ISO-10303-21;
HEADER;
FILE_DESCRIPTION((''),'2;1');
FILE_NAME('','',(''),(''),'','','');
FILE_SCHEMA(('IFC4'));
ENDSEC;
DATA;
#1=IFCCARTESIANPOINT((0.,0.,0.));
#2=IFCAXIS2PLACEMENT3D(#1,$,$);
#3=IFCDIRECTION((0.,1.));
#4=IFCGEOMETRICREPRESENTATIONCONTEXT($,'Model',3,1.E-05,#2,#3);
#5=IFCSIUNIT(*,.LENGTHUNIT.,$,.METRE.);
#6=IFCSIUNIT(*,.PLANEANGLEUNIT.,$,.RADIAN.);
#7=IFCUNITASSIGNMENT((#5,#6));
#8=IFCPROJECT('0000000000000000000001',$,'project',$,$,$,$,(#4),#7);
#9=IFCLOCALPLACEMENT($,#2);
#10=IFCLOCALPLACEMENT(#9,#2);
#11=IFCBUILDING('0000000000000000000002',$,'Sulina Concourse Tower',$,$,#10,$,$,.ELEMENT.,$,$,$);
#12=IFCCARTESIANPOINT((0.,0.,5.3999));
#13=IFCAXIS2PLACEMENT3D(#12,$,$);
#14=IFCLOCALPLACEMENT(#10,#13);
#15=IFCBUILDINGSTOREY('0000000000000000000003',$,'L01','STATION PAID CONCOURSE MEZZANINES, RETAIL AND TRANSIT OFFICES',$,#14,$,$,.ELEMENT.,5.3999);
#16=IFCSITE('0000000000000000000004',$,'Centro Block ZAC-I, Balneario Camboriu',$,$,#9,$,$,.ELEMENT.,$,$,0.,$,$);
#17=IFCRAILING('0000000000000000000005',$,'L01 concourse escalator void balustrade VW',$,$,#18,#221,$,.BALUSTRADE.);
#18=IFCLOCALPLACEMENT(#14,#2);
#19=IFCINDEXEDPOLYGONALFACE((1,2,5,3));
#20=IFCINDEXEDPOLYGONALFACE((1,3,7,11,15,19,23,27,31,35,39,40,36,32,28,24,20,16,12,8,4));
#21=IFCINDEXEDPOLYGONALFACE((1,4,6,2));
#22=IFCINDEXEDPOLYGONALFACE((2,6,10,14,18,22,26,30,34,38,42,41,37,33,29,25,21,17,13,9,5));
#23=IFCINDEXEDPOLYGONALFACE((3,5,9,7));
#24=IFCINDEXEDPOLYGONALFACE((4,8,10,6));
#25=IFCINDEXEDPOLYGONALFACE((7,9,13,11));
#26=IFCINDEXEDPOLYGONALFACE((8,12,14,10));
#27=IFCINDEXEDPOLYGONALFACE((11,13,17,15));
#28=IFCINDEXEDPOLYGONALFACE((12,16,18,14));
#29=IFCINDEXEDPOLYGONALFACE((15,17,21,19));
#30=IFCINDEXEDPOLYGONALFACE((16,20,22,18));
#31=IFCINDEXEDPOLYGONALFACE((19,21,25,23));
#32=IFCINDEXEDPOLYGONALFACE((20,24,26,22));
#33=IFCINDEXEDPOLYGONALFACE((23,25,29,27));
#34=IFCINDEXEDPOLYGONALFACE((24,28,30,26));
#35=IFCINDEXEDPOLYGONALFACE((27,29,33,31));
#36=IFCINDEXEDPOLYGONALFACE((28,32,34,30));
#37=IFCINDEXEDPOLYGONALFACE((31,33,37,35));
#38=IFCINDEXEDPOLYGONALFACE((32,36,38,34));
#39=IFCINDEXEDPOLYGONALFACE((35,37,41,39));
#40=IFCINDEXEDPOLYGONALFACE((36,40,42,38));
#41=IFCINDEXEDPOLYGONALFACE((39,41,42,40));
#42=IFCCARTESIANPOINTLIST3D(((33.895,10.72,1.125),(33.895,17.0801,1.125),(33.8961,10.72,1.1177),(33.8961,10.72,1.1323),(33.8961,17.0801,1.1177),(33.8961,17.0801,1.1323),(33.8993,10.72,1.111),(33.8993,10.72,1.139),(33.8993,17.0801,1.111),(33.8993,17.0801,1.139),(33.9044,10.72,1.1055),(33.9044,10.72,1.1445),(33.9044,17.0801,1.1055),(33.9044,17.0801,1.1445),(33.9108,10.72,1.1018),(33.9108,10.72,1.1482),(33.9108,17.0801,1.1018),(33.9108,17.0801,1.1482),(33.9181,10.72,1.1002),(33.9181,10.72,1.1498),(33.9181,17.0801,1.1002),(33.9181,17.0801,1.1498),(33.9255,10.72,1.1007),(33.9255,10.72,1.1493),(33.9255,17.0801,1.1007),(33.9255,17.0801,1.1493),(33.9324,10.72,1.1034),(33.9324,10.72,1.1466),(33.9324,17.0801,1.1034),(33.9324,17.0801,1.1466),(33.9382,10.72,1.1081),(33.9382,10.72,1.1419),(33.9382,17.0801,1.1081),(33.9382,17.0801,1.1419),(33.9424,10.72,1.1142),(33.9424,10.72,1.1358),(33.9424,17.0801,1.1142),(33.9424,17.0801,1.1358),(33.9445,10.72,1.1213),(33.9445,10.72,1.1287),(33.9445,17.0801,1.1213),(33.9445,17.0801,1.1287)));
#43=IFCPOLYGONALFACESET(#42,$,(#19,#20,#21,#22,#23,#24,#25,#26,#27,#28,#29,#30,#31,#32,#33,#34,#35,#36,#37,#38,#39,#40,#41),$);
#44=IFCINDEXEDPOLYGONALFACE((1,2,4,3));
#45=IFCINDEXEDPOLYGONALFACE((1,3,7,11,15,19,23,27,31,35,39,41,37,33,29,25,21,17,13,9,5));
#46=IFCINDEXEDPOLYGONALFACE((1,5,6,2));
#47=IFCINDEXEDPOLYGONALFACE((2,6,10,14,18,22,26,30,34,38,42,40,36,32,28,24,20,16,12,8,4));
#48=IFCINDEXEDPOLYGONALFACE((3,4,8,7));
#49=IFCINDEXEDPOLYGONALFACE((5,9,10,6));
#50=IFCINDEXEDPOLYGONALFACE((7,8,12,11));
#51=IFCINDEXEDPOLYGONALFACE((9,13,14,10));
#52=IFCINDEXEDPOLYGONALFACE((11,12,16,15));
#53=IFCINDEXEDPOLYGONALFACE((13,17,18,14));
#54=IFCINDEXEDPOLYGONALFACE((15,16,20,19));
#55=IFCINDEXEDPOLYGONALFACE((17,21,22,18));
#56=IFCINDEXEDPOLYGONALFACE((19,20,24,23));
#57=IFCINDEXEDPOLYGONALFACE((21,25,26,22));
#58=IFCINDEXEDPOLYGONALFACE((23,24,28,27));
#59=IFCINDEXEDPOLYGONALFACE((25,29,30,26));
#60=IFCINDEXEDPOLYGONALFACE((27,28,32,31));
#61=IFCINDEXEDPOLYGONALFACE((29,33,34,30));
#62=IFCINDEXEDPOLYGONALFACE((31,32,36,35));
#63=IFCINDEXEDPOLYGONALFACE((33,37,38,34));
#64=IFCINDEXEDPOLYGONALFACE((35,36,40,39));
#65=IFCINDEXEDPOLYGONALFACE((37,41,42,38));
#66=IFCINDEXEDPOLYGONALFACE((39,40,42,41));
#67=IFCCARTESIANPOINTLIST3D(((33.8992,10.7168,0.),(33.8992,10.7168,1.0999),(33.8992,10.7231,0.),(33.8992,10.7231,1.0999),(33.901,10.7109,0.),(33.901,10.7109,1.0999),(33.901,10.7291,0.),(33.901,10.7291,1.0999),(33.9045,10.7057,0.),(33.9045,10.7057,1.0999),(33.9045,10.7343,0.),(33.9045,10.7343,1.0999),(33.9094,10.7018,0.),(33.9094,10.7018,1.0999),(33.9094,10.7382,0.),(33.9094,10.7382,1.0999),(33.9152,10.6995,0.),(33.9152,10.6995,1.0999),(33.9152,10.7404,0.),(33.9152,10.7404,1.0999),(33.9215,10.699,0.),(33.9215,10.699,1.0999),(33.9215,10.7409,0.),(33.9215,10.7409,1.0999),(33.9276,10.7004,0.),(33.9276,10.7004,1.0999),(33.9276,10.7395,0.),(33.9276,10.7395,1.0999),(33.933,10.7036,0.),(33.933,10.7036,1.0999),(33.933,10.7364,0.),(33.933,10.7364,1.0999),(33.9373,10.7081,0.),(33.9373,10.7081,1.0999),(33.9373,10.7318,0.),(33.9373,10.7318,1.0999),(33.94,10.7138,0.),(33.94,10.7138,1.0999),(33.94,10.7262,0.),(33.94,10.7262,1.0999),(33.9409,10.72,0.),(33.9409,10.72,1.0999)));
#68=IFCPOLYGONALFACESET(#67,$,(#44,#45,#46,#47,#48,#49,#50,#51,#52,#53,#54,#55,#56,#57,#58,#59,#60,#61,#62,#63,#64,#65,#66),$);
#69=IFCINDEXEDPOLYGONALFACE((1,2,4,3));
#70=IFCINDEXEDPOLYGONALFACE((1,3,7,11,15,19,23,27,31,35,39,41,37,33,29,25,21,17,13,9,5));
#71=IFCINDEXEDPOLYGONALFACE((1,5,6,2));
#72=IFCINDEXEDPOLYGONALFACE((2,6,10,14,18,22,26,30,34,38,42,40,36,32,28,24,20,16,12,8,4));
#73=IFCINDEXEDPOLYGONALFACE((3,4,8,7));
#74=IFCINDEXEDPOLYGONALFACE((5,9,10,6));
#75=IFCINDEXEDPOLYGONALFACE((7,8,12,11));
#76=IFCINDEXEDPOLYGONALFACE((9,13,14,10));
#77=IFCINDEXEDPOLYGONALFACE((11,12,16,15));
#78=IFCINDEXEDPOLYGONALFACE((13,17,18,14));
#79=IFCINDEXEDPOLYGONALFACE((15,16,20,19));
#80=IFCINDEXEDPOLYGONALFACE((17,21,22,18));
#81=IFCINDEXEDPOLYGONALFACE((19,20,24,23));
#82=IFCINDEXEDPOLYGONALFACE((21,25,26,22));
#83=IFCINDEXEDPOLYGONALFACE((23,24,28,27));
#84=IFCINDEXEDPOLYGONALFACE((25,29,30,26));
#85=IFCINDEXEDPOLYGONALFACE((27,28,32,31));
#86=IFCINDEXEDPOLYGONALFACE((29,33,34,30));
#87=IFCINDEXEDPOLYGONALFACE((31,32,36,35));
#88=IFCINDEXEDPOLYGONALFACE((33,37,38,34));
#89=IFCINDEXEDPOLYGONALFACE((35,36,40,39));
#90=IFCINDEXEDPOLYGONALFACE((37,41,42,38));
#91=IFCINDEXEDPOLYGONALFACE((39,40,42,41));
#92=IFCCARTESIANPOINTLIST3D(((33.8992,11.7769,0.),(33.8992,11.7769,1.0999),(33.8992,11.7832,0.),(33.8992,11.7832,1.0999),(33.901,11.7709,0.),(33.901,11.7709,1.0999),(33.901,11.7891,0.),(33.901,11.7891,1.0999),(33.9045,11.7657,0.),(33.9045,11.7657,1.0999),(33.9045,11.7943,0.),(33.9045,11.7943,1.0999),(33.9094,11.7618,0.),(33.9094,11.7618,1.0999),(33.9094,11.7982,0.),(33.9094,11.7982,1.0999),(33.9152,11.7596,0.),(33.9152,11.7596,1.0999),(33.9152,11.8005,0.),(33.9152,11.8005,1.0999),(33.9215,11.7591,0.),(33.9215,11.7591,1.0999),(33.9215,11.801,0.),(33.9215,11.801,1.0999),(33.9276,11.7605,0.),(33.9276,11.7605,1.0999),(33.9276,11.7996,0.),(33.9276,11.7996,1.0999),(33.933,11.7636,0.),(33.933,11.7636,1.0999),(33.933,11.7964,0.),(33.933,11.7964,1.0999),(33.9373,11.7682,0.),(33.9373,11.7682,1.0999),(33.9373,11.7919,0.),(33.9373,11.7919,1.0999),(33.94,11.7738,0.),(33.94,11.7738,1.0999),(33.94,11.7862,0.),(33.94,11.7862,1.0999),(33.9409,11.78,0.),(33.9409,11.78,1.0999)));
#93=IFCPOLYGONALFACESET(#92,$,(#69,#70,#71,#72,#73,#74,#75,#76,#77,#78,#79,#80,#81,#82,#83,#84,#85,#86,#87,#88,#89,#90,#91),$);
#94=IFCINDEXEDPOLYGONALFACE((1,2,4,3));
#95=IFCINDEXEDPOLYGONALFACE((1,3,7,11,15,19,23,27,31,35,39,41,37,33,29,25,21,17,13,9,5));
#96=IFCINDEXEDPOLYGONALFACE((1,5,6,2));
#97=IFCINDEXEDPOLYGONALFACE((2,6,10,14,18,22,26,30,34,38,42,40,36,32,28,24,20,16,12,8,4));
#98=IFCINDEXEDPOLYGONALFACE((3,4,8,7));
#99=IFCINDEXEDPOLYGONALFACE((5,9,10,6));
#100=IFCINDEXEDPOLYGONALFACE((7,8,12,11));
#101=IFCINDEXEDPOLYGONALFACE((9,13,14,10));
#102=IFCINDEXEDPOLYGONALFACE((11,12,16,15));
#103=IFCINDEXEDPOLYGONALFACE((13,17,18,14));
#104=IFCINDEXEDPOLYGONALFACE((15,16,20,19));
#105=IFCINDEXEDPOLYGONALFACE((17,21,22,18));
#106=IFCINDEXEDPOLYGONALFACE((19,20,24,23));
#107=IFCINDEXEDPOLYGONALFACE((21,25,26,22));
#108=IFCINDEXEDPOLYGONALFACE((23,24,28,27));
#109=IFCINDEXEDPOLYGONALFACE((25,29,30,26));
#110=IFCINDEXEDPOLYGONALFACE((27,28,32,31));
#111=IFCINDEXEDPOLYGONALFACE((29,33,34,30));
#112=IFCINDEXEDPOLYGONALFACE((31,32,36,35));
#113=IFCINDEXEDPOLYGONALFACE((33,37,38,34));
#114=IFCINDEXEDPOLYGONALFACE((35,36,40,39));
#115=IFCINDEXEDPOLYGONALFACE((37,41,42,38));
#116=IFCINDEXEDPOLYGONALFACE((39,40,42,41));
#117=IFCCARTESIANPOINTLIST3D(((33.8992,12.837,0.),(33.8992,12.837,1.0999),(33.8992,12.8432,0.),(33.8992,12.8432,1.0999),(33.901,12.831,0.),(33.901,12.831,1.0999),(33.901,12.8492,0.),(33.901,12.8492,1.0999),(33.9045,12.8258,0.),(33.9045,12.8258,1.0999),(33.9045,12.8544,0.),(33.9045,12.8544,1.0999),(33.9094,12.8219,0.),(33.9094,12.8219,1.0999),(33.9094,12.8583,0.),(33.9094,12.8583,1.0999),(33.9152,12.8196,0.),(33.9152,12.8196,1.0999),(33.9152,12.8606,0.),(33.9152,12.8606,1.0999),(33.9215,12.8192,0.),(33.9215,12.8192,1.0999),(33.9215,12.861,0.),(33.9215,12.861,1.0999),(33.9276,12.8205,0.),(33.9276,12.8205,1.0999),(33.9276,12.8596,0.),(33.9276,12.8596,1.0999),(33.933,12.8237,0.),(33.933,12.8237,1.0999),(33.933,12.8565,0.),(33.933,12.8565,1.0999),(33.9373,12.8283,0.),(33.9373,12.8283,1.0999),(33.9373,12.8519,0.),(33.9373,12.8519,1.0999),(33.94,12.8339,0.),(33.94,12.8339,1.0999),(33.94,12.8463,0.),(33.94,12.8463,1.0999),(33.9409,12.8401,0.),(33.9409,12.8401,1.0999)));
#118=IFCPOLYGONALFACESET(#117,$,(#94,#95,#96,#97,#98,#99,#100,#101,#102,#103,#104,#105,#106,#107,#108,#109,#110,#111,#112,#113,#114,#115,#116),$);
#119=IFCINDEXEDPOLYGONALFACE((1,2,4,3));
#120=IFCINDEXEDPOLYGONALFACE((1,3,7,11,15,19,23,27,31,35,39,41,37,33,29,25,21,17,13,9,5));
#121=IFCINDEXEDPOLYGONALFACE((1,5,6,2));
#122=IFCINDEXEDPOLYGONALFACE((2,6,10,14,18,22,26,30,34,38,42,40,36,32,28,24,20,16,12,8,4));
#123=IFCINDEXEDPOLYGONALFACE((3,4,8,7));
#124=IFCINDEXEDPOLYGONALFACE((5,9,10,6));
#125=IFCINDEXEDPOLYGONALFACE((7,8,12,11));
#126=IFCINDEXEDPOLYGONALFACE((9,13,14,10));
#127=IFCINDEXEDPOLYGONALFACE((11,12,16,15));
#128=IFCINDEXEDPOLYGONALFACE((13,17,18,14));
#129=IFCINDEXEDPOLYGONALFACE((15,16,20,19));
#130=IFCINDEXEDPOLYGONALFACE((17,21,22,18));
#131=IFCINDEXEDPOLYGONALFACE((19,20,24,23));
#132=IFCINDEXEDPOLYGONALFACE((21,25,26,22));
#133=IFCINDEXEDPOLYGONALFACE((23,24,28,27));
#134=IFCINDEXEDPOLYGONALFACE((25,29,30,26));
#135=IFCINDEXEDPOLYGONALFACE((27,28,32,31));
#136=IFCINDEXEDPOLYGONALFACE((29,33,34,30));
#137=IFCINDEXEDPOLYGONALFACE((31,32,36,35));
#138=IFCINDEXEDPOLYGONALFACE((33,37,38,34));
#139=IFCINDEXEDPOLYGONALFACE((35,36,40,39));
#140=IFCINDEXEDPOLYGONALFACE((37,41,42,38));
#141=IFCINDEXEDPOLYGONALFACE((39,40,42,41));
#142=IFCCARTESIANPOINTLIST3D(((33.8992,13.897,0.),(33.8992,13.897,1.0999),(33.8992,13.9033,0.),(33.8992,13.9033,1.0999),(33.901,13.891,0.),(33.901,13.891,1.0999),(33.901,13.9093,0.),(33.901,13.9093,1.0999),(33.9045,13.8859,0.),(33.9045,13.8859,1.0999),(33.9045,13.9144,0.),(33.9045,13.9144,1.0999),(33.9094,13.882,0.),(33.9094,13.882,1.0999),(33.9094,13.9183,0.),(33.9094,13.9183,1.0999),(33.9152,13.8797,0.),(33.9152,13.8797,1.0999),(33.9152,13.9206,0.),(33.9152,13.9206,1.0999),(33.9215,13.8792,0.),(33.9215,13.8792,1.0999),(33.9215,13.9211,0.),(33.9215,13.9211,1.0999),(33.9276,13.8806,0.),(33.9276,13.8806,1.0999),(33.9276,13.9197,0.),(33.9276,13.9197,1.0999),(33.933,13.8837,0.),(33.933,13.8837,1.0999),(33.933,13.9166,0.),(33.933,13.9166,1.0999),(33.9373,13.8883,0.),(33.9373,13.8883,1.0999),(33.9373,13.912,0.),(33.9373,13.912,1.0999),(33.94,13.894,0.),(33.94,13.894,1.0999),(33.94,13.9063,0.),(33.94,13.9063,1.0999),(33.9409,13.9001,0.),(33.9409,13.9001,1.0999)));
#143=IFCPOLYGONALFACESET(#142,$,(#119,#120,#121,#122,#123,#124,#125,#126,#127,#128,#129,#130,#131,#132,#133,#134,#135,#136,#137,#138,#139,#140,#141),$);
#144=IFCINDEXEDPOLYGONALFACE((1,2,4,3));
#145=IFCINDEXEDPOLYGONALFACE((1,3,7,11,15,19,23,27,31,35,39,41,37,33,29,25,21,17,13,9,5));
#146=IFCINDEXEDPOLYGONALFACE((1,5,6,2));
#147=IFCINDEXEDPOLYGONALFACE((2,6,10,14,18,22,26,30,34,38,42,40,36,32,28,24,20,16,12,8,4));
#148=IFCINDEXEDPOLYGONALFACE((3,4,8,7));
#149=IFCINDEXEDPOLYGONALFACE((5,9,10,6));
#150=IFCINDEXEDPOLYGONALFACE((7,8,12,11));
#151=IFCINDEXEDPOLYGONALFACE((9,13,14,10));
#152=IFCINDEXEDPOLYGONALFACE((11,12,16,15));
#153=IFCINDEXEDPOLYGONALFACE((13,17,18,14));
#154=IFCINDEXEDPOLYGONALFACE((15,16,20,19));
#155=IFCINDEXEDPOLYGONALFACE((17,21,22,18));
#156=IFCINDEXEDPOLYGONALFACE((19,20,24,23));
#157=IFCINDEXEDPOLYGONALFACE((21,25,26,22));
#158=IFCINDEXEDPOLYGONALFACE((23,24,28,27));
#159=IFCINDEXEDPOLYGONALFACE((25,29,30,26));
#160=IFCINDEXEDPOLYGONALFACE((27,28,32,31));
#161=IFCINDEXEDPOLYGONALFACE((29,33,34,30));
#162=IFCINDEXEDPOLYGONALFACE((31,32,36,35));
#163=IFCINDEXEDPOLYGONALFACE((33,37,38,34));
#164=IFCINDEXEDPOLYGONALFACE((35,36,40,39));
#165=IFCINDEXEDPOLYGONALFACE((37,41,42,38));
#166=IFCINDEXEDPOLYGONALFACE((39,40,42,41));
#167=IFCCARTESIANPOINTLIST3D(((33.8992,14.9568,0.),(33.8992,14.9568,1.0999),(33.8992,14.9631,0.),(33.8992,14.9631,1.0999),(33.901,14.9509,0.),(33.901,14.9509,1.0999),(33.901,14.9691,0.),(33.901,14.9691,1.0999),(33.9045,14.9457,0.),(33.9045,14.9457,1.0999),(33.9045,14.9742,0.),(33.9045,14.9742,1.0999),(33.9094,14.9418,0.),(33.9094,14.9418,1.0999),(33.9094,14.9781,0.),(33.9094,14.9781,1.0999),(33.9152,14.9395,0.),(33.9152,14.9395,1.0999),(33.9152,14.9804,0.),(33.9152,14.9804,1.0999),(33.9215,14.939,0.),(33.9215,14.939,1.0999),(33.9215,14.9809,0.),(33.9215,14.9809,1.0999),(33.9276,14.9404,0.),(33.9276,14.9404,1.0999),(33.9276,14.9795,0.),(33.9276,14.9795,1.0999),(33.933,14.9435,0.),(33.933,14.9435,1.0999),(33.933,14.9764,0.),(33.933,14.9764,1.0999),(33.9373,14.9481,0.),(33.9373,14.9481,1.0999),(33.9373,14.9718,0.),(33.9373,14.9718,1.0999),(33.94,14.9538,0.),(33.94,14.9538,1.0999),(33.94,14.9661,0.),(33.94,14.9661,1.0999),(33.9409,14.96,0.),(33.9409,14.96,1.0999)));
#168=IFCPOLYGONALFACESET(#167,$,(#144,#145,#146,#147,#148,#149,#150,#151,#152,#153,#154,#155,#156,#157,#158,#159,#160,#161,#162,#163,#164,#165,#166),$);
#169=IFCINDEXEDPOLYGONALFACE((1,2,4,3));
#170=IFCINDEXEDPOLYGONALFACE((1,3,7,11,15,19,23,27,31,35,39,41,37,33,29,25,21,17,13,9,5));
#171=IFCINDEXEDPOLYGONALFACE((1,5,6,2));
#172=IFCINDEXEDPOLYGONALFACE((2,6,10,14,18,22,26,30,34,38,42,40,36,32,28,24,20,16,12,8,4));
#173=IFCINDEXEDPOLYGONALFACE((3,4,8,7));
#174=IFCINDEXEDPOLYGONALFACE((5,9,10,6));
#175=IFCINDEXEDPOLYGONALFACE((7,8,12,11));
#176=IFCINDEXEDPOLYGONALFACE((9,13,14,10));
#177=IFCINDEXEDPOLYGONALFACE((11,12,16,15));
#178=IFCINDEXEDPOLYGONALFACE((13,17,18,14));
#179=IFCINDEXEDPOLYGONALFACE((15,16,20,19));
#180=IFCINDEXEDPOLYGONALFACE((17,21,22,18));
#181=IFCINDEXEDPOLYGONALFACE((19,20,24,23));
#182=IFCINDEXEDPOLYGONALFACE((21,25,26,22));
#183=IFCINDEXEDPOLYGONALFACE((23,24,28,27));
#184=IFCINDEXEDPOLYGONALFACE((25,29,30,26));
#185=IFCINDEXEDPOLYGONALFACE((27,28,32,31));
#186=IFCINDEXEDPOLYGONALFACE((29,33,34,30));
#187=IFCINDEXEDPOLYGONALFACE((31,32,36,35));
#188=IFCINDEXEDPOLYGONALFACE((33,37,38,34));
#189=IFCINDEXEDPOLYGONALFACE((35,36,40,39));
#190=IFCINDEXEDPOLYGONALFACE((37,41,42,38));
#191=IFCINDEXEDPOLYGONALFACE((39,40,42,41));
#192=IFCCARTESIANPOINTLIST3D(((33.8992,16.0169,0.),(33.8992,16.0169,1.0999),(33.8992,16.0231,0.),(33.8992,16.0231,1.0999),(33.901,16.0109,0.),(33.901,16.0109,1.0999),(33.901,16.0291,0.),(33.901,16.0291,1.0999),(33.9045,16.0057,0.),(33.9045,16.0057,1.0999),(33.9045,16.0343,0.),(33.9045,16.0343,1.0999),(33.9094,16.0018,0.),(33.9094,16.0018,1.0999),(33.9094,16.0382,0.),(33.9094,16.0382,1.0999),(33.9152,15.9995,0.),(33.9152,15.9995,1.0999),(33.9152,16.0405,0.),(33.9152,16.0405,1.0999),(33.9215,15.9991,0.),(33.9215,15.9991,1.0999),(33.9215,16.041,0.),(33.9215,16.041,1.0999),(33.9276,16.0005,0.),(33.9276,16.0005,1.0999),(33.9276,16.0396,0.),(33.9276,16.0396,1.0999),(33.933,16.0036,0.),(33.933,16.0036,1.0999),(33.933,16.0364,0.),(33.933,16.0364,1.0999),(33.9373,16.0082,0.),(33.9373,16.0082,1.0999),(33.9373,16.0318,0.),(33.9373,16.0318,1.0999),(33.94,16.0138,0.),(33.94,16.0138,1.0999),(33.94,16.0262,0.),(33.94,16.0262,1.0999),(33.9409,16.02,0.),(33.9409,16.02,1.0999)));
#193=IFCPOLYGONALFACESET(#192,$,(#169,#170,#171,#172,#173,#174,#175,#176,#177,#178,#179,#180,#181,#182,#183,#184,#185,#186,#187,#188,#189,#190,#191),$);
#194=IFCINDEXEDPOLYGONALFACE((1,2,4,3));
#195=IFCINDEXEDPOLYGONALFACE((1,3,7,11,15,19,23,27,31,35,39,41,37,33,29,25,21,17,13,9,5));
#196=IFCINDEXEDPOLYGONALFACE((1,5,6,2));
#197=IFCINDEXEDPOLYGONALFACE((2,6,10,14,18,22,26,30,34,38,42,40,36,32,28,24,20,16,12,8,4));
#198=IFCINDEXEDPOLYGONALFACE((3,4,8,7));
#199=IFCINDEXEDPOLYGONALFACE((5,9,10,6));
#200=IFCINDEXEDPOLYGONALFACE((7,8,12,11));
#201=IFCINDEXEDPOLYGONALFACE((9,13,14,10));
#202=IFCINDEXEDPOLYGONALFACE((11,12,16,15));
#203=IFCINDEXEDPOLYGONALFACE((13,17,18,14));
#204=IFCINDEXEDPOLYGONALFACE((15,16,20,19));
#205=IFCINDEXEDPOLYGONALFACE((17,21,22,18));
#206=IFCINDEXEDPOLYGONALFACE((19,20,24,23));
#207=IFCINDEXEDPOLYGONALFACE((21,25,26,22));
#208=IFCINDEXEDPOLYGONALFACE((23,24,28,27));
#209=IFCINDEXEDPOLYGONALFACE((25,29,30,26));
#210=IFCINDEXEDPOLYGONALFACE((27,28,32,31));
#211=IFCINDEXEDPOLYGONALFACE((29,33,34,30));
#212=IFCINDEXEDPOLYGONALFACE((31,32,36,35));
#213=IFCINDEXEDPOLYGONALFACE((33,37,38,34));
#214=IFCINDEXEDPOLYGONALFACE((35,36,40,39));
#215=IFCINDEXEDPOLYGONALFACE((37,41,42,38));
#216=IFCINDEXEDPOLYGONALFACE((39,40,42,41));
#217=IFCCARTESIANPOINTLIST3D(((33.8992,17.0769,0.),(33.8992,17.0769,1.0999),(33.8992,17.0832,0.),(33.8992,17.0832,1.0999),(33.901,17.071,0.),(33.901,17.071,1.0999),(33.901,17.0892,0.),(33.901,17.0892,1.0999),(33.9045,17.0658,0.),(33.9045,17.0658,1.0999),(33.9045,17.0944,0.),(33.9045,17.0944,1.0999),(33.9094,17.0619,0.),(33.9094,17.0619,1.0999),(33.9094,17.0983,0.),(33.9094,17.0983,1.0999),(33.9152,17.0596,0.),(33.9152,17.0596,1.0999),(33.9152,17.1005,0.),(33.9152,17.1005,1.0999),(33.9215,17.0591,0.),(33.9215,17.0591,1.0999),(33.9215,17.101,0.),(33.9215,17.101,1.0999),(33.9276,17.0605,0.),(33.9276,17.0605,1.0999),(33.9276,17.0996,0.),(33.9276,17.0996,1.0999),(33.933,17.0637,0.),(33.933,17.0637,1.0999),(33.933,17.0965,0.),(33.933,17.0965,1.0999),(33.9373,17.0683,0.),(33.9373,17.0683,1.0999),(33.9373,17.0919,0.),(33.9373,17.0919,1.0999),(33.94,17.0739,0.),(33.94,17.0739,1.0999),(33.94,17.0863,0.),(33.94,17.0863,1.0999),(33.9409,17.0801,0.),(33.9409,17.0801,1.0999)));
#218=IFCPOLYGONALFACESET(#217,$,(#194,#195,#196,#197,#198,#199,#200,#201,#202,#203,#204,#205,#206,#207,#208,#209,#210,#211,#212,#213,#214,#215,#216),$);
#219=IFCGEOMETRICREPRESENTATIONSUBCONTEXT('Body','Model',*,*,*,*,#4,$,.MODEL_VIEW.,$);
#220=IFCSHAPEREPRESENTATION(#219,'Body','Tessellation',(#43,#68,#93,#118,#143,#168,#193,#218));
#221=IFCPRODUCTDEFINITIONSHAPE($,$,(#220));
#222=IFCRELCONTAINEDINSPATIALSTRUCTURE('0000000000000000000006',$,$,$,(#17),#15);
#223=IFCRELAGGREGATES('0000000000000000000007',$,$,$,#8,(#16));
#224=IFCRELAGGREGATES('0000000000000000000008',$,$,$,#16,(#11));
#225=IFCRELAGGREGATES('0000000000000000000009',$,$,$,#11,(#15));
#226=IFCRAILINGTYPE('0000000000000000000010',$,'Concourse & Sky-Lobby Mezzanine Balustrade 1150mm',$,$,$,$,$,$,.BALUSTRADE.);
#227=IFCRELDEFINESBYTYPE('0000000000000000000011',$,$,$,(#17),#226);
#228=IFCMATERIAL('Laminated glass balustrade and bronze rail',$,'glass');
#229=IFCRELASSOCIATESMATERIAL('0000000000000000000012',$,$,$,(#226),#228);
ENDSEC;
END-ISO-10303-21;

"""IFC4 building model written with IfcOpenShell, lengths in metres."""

from ifc_helpers import new_model, si_unit, direction, frame, origin, origin_2d, place, context, subcontext, project, spatial, circle, extrude, material, type_object, element, save


model = new_model("IFC4")

# Units and contexts
model_context = context("Model", 3, precision=1e-05, world=origin(), true_north=direction((0.0, 1.0)))
body_context = subcontext(model_context, "Body", "Model", "MODEL_VIEW")
ifc_project = project(units=[si_unit("LENGTHUNIT", "METRE"), si_unit("PLANEANGLEUNIT", "RADIAN")], contexts=[model_context])

# Site, building, storey
site_placement = place(None, origin())
site = spatial("IfcSite", under=ifc_project, at=site_placement, Name="Centro Block ZAC-I, Balneario Camboriu", CompositionType="ELEMENT", RefElevation=0.0)
building_placement = place(site_placement, origin())
building = spatial("IfcBuilding", under=site, at=building_placement, Name="Sulina Concourse Tower", CompositionType="ELEMENT")
storey_placement = place(building_placement, frame((0.0, 0.0, 5.3999)))
storey = spatial("IfcBuildingStorey", under=building, at=storey_placement, Name="L01", Description="STATION PAID CONCOURSE MEZZANINES, RETAIL AND TRANSIT OFFICES", CompositionType="ELEMENT", Elevation=5.3999)

# Railing
ifc_material_1 = material(Name="Laminated glass balustrade and bronze rail", Category="glass")
railing_type = type_object("IfcRailingType", Name="Concourse & Sky-Lobby Mezzanine Balustrade 1150mm", PredefinedType="BALUSTRADE", material=ifc_material_1)
railing_1_placement = place(storey_placement, frame((33.9199, 10.72, 0.0)))
element("IfcRailing", 1, at=railing_1_placement, inside=storey, type_object=railing_type, Name="L01 concourse escalator void balustrade VW", PredefinedType="BALUSTRADE", context=body_context, shape_type="SweptSolid", body=[
    extrude(circle(Radius=0.0249, at=origin_2d()), frame((0.0, 0.0, 1.125), z_axis=(0.0, 1.0, 0.0), x_axis=(-1.0, 0.0, 0.0)), (0.0, 0.0, 1.0), 6.3601),
    extrude(circle(Radius=0.021, at=origin_2d()), origin(), (0.0, 0.0, 1.0), 1.0999),
    extrude(circle(Radius=0.021, at=origin_2d()), frame((0.0, 1.0601, 0.0)), (0.0, 0.0, 1.0), 1.0999),
    extrude(circle(Radius=0.021, at=origin_2d()), frame((0.0, 2.1201, 0.0)), (0.0, 0.0, 1.0), 1.0999),
    extrude(circle(Radius=0.021, at=origin_2d()), frame((0.0, 3.1802, 0.0)), (0.0, 0.0, 1.0), 1.0999),
    extrude(circle(Radius=0.021, at=origin_2d()), frame((0.0, 4.24, 0.0)), (0.0, 0.0, 1.0), 1.0999),
    extrude(circle(Radius=0.021, at=origin_2d()), frame((0.0, 5.3, 0.0)), (0.0, 0.0, 1.0), 1.0999),
    extrude(circle(Radius=0.021, at=origin_2d()), frame((0.0, 6.3601, 0.0)), (0.0, 0.0, 1.0), 1.0999),
])

save(model, "model.ifc")
